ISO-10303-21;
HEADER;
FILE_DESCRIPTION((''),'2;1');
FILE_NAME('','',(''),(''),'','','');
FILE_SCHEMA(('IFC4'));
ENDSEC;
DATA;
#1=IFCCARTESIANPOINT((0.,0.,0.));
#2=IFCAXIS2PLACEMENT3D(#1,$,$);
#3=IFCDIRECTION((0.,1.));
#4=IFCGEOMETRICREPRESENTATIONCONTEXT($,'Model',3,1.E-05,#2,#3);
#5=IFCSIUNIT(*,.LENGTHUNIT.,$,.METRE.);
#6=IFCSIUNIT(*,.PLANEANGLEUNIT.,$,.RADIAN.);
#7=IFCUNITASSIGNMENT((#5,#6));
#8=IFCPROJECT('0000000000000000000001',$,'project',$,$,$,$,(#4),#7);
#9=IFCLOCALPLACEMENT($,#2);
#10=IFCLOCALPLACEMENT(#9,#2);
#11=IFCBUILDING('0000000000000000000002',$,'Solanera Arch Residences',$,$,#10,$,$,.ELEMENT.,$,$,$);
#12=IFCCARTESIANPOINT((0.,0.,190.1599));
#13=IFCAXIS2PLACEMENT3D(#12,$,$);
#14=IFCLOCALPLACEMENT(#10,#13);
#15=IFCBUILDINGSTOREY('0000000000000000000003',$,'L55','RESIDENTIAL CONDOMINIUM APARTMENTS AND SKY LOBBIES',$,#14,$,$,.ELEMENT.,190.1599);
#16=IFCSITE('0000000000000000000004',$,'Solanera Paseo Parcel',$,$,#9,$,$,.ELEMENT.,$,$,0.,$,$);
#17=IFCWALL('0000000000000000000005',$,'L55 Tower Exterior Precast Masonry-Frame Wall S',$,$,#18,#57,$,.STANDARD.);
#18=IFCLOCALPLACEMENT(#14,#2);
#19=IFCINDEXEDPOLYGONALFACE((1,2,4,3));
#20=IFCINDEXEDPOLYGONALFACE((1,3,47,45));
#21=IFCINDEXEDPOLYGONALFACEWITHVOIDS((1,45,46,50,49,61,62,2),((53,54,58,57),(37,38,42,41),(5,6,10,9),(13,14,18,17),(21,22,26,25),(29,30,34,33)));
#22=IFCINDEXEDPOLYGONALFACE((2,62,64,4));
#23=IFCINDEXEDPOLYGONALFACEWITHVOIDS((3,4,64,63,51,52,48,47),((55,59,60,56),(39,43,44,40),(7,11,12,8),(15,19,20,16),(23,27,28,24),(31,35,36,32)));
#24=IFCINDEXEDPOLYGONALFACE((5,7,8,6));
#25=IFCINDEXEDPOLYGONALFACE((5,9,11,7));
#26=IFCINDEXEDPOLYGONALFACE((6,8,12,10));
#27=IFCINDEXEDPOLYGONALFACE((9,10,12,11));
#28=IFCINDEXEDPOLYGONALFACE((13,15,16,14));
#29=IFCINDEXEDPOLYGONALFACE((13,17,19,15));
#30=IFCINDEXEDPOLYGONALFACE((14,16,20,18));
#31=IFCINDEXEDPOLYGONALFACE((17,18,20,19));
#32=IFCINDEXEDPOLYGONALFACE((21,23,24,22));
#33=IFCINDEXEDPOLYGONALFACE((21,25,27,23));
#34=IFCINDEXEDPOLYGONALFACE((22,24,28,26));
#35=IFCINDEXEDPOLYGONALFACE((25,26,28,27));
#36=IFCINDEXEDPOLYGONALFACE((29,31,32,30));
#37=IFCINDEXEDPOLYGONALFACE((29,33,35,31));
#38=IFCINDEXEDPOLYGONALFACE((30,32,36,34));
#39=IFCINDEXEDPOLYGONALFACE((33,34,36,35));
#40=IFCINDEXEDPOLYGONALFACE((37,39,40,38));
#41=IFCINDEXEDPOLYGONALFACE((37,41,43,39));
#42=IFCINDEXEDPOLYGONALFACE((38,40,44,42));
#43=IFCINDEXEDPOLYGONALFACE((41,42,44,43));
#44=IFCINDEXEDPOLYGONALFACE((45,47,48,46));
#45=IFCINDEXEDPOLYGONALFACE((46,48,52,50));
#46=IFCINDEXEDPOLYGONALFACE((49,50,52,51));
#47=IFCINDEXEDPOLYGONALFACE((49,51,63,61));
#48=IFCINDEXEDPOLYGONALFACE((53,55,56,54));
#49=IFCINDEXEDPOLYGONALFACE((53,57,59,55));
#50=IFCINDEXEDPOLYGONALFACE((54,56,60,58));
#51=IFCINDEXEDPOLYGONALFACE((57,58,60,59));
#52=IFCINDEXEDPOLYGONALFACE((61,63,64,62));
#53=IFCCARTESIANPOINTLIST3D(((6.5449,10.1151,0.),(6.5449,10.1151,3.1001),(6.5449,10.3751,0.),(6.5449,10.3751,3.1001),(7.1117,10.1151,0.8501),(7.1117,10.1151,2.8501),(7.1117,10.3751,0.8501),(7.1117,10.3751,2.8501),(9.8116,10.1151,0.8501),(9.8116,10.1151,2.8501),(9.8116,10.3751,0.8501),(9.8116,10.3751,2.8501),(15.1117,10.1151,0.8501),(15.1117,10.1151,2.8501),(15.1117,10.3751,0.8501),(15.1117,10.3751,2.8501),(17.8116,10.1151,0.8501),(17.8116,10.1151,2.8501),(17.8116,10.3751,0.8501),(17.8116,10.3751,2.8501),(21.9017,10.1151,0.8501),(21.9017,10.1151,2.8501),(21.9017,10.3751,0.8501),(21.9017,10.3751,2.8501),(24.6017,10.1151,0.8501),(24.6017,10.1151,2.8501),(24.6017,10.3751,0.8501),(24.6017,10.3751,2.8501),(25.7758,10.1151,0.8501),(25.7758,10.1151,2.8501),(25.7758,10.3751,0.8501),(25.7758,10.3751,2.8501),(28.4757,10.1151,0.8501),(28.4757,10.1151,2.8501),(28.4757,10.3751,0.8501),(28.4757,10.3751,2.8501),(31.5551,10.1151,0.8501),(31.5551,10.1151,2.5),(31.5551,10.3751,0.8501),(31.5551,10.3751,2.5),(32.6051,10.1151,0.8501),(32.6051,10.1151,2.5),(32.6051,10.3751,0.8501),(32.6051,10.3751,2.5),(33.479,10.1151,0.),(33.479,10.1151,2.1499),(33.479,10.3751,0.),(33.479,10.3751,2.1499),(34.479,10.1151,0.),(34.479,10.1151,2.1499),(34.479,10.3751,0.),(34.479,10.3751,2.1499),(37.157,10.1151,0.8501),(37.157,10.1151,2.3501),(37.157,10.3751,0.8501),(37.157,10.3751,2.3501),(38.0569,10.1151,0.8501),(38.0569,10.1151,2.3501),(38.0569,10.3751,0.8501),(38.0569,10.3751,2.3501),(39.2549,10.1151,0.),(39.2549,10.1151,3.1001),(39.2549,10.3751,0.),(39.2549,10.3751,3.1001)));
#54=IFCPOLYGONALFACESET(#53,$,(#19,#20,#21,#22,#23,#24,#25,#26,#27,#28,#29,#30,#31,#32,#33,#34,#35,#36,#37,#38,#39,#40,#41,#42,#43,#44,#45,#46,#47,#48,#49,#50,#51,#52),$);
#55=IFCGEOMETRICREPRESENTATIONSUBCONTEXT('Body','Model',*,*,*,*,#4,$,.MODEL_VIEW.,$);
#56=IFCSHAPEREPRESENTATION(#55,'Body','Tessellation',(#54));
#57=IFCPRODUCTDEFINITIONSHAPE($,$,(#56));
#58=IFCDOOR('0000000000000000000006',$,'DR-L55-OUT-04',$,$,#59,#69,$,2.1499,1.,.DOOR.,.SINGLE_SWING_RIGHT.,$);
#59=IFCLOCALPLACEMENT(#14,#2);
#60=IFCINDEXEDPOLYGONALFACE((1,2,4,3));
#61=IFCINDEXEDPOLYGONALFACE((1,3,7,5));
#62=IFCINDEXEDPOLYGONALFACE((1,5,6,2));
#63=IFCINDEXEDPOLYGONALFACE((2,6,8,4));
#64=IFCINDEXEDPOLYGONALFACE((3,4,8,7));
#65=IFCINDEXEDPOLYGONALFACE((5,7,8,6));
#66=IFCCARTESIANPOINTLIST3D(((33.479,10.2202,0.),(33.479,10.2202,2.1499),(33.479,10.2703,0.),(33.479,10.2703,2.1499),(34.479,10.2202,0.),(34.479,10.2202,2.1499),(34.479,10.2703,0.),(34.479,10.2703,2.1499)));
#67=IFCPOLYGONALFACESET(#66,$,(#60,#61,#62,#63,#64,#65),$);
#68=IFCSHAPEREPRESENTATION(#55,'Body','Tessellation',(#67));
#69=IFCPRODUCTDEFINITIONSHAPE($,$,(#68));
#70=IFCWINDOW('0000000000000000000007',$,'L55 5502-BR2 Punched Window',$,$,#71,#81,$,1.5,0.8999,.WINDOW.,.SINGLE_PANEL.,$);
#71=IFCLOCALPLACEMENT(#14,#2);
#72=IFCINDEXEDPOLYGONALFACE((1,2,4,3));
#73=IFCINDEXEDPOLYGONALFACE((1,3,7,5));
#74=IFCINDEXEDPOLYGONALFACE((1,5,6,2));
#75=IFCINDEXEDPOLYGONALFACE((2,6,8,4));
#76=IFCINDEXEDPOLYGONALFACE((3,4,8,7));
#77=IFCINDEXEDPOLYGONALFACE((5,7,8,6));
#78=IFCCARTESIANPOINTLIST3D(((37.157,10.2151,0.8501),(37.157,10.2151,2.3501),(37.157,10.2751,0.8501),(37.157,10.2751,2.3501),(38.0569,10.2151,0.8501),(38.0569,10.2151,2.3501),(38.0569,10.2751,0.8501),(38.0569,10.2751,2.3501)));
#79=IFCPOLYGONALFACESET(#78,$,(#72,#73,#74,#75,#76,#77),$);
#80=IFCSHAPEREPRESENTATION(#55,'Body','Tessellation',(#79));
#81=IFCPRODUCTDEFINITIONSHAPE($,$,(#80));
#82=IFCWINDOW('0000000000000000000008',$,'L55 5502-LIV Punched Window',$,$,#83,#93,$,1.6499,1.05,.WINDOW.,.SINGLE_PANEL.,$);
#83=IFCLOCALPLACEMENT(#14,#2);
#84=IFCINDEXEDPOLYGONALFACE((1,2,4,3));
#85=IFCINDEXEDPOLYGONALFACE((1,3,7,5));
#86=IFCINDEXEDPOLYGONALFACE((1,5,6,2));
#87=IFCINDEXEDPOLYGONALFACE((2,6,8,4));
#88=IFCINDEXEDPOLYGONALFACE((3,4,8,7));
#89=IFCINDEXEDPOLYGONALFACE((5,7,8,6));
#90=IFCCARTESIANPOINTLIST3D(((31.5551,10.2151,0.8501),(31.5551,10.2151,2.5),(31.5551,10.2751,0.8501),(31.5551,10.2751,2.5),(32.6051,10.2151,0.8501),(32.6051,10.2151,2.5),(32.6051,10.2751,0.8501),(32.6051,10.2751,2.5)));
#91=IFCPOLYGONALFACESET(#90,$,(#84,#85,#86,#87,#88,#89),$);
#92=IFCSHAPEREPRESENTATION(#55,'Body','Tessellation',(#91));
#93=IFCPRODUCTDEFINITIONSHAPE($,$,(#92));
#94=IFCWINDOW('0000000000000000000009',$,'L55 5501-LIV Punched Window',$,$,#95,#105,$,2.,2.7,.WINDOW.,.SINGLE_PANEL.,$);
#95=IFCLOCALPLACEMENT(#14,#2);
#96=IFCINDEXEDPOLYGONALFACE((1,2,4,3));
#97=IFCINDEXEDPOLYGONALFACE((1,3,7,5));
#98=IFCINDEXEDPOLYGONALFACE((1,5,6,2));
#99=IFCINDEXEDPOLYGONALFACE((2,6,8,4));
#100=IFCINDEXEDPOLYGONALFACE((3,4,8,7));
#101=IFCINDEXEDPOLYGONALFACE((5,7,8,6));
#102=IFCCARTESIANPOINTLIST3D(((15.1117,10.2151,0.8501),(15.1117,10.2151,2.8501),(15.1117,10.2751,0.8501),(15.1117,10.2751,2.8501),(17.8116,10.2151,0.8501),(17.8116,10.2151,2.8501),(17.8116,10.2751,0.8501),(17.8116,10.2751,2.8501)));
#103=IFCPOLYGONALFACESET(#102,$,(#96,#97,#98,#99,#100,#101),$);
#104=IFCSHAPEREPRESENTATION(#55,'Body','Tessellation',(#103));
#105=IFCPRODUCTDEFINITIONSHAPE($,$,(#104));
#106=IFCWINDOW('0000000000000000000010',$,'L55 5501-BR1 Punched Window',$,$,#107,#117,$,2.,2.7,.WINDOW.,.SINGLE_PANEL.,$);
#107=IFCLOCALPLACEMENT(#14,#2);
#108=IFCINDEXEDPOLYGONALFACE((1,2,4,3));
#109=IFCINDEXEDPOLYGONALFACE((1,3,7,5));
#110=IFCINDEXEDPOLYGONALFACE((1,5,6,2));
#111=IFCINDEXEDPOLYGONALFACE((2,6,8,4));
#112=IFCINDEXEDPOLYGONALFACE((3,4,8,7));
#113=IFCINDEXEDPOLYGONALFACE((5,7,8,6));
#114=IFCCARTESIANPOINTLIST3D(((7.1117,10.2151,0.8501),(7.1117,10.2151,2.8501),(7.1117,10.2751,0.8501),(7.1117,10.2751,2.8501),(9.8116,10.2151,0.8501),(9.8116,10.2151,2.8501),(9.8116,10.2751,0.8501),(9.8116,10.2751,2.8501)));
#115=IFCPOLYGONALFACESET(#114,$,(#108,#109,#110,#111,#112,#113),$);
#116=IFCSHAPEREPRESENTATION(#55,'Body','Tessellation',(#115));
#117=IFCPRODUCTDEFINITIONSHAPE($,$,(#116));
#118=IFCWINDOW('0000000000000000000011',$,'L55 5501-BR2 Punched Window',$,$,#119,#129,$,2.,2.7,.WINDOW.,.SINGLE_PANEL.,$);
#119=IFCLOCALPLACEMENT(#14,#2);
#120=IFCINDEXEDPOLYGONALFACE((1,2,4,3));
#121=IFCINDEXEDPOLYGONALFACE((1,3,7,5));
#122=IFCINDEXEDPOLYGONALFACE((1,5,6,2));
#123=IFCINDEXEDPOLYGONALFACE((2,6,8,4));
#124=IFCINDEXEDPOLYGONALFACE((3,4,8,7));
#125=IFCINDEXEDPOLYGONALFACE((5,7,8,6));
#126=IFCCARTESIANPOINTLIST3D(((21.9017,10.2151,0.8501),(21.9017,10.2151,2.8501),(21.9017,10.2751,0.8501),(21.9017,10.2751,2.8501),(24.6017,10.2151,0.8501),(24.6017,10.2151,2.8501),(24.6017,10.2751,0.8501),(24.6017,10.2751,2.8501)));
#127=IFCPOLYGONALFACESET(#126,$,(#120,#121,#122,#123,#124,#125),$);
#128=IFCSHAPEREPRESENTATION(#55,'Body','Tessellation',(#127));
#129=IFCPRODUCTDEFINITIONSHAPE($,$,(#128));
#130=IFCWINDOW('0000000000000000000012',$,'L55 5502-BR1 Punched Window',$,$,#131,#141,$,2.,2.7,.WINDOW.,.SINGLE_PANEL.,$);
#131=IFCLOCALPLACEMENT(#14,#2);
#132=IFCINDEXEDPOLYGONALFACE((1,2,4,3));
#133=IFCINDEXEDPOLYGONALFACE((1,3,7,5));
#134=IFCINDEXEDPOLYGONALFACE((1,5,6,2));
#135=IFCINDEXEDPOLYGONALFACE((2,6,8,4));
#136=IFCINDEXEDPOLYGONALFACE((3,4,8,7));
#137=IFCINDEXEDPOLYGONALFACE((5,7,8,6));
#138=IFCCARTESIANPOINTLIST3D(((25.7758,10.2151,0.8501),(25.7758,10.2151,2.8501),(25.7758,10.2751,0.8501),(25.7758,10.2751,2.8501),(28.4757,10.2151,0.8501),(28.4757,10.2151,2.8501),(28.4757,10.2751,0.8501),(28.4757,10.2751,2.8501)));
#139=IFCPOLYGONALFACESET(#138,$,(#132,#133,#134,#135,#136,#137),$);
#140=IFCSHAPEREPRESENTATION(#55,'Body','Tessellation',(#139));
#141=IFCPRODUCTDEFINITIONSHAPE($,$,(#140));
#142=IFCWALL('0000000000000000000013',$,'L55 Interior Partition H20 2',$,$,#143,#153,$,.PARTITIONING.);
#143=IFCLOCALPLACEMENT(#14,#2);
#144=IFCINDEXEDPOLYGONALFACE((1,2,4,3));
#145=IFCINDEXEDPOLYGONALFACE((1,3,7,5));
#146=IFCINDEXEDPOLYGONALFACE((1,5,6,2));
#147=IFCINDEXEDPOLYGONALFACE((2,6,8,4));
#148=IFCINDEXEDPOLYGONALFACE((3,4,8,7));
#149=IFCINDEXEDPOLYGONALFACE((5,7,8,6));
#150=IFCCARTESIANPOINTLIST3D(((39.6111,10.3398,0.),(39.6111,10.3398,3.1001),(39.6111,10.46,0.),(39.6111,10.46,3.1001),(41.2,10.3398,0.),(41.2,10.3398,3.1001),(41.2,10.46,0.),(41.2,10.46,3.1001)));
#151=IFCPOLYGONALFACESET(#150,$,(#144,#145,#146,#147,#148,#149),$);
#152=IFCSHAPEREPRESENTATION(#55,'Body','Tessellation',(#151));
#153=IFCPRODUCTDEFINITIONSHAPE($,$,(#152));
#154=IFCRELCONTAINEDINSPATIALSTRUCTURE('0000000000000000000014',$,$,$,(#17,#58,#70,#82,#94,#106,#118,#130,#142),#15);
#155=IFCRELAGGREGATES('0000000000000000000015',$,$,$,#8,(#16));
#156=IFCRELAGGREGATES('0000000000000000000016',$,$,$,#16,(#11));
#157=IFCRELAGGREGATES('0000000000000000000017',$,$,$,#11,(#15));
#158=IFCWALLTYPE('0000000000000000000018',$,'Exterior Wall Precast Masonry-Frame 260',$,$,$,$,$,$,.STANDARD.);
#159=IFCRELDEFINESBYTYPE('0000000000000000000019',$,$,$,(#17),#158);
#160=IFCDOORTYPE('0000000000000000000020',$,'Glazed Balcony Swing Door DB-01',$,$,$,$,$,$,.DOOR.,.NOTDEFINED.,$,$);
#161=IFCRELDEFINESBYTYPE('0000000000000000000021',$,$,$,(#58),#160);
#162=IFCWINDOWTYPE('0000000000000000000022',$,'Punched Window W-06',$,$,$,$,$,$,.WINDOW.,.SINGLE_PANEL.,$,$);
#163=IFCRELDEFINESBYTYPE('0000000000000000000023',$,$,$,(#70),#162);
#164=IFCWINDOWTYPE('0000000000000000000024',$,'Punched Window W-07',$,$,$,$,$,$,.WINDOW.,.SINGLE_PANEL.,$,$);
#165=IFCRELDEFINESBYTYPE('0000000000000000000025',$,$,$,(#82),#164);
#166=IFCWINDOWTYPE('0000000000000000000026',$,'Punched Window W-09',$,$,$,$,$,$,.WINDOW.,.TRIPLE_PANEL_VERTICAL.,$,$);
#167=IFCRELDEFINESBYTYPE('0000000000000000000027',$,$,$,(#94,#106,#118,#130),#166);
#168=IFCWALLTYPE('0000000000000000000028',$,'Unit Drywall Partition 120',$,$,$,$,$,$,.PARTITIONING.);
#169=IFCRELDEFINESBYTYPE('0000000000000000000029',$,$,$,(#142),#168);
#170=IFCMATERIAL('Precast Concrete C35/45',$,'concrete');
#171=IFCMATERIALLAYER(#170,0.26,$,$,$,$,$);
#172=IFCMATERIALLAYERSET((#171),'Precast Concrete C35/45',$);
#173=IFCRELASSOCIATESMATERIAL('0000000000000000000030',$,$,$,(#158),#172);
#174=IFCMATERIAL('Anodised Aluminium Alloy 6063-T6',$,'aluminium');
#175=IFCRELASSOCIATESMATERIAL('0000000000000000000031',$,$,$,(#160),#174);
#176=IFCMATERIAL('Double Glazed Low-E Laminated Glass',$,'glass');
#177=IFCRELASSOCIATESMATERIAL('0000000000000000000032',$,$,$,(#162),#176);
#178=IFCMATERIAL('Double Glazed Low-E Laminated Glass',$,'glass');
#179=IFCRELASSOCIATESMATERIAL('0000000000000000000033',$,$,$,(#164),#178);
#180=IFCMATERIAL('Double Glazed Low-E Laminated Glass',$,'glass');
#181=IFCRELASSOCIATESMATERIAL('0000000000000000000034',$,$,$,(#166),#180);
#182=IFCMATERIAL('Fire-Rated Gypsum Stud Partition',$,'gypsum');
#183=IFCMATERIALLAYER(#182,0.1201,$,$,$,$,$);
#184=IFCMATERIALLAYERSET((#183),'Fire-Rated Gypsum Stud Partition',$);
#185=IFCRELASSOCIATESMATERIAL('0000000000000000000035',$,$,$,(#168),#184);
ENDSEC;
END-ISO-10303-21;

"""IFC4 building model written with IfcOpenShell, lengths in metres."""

from ifc_helpers import new_model, si_unit, direction, frame, frame_2d, origin, place, context, subcontext, project, spatial, rectangle, extrude, material, layer, layer_set, type_object, element, fill, save


model = new_model("IFC4")

# Units and contexts
model_context = context("Model", 3, precision=1e-05, world=origin(), true_north=direction((0.0, 1.0)))
body_context = subcontext(model_context, "Body", "Model", "MODEL_VIEW")
ifc_project = project(units=[si_unit("LENGTHUNIT", "METRE"), si_unit("PLANEANGLEUNIT", "RADIAN")], contexts=[model_context])

# Site, building, storey
site_placement = place(None, origin())
site = spatial("IfcSite", under=ifc_project, at=site_placement, Name="Solanera Paseo Parcel", CompositionType="ELEMENT", RefElevation=0.0)
building_placement = place(site_placement, origin())
building = spatial("IfcBuilding", under=site, at=building_placement, Name="Solanera Arch Residences", CompositionType="ELEMENT")
storey_placement = place(building_placement, frame((0.0, 0.0, 190.1599)))
storey = spatial("IfcBuildingStorey", under=building, at=storey_placement, Name="L55", Description="RESIDENTIAL CONDOMINIUM APARTMENTS AND SKY LOBBIES", CompositionType="ELEMENT", Elevation=190.1599)

# Shared definitions
ifc_material_1 = material(Name="Precast Concrete C35/45", Category="concrete")
ifc_layer_1 = layer(ifc_material_1, 0.26)
ifc_layer_set_1 = layer_set([ifc_layer_1], Name="Precast Concrete C35/45")
wall_type_1 = type_object("IfcWallType", Name="Exterior Wall Precast Masonry-Frame 260", PredefinedType="STANDARD", material=ifc_layer_set_1)

# Wall, openings, door, windows
wall_1_placement = place(storey_placement, frame((39.2549, 10.2451, 0.0), z_axis=(0.0, 0.0, 1.0), x_axis=(-1.0, 0.0, 0.0)))
wall_1 = element("IfcWall", 1, at=wall_1_placement, inside=storey, type_object=wall_type_1, Name="L55 Tower Exterior Precast Masonry-Frame Wall S", PredefinedType="STANDARD", context=body_context, shape_type="SweptSolid", body=[
    extrude(rectangle(XDim=32.71, YDim=0.26, at=frame_2d((16.355, 0.0))), origin(), (0.0, 0.0, 1.0), 3.1001),
])
opening_1_placement = place(wall_1_placement, frame((4.7759, 0.0, 0.0)))
opening_1 = element("IfcOpeningElement", 2, at=opening_1_placement, cuts=wall_1, PredefinedType="OPENING", context=body_context, shape_type="SweptSolid", body=[
    extrude(rectangle(XDim=1.0, YDim=2.1499, at=frame_2d((0.5, 1.075))), frame((0.0, 0.1399, 0.0), z_axis=(0.0, -1.0, 0.0), x_axis=(1.0, 0.0, 0.0)), (0.0, 0.0, 1.0), 0.28),
])
opening_2_placement = place(wall_1_placement, frame((21.4431, 0.0, 0.8501)))
opening_2 = element("IfcOpeningElement", 3, at=opening_2_placement, cuts=wall_1, PredefinedType="OPENING", context=body_context, shape_type="SweptSolid", body=[
    extrude(rectangle(XDim=2.7, YDim=2.0, at=frame_2d((1.3501, 1.0))), frame((0.0, 0.1399, 0.0), z_axis=(0.0, -1.0, 0.0), x_axis=(1.0, 0.0, 0.0)), (0.0, 0.0, 1.0), 0.28),
])
opening_3_placement = place(wall_1_placement, frame((29.4431, 0.0, 0.8501)))
opening_3 = element("IfcOpeningElement", 4, at=opening_3_placement, cuts=wall_1, PredefinedType="OPENING", context=body_context, shape_type="SweptSolid", body=[
    extrude(rectangle(XDim=2.7, YDim=2.0, at=frame_2d((1.3501, 1.0))), frame((0.0, 0.1399, 0.0), z_axis=(0.0, -1.0, 0.0), x_axis=(1.0, 0.0, 0.0)), (0.0, 0.0, 1.0), 0.28),
])
opening_4_placement = place(wall_1_placement, frame((14.6531, 0.0, 0.8501)))
opening_4 = element("IfcOpeningElement", 5, at=opening_4_placement, cuts=wall_1, PredefinedType="OPENING", context=body_context, shape_type="SweptSolid", body=[
    extrude(rectangle(XDim=2.7, YDim=2.0, at=frame_2d((1.3501, 1.0))), frame((0.0, 0.1399, 0.0), z_axis=(0.0, -1.0, 0.0), x_axis=(1.0, 0.0, 0.0)), (0.0, 0.0, 1.0), 0.28),
])
opening_5_placement = place(wall_1_placement, frame((6.6499, 0.0, 0.8501)))
opening_5 = element("IfcOpeningElement", 6, at=opening_5_placement, cuts=wall_1, PredefinedType="OPENING", context=body_context, shape_type="SweptSolid", body=[
    extrude(rectangle(XDim=1.05, YDim=1.6499, at=frame_2d((0.5249, 0.825))), frame((0.0, 0.1399, 0.0), z_axis=(0.0, -1.0, 0.0), x_axis=(1.0, 0.0, 0.0)), (0.0, 0.0, 1.0), 0.28),
])
opening_6_placement = place(wall_1_placement, frame((10.7791, 0.0, 0.8501)))
opening_6 = element("IfcOpeningElement", 7, at=opening_6_placement, cuts=wall_1, PredefinedType="OPENING", context=body_context, shape_type="SweptSolid", body=[
    extrude(rectangle(XDim=2.7, YDim=2.0, at=frame_2d((1.3501, 1.0))), frame((0.0, 0.1399, 0.0), z_axis=(0.0, -1.0, 0.0), x_axis=(1.0, 0.0, 0.0)), (0.0, 0.0, 1.0), 0.28),
])
opening_7_placement = place(wall_1_placement, frame((1.198, 0.0, 0.8501)))
opening_7 = element("IfcOpeningElement", 8, at=opening_7_placement, cuts=wall_1, PredefinedType="OPENING", context=body_context, shape_type="SweptSolid", body=[
    extrude(rectangle(XDim=0.8999, YDim=1.5, at=frame_2d((0.45, 0.75))), frame((0.0, 0.1399, 0.0), z_axis=(0.0, -1.0, 0.0), x_axis=(1.0, 0.0, 0.0)), (0.0, 0.0, 1.0), 0.28),
])
ifc_material_2 = material(Name="Anodised Aluminium Alloy 6063-T6", Category="aluminium")
door_type_1 = type_object("IfcDoorType", Name="Glazed Balcony Swing Door DB-01", OperationType="NOTDEFINED", PredefinedType="DOOR", material=ifc_material_2)
door_1_placement = place(opening_1_placement, origin())
door_1 = element("IfcDoor", 9, at=door_1_placement, inside=storey, type_object=door_type_1, Name="DR-L55-OUT-04", OperationType="SINGLE_SWING_RIGHT", OverallHeight=2.1499, OverallWidth=1.0, PredefinedType="DOOR", context=body_context, shape_type="SweptSolid", body=[
    extrude(rectangle(XDim=1.0, YDim=2.1499, at=frame_2d((0.5, 1.075))), frame((0.0, 0.0249, 0.0), z_axis=(0.0, -1.0, 0.0), x_axis=(1.0, 0.0, 0.0)), (0.0, 0.0, 1.0), 0.05),
])
fill(opening_1, door_1)
ifc_material_3 = material(Name="Double Glazed Low-E Laminated Glass", Category="glass")
window_type_1 = type_object("IfcWindowType", Name="Punched Window W-06", PartitioningType="SINGLE_PANEL", PredefinedType="WINDOW", material=ifc_material_3)
window_1_placement = place(opening_7_placement, origin())
window_1 = element("IfcWindow", 10, at=window_1_placement, inside=storey, type_object=window_type_1, Name="L55 5502-BR2 Punched Window", OverallHeight=1.5, OverallWidth=0.8999, PartitioningType="SINGLE_PANEL", PredefinedType="WINDOW", context=body_context, shape_type="SweptSolid", body=[
    extrude(rectangle(XDim=0.8999, YDim=1.5, at=frame_2d((0.45, 0.75))), frame((0.0, 0.03, 0.0), z_axis=(0.0, -1.0, 0.0), x_axis=(1.0, 0.0, 0.0)), (0.0, 0.0, 1.0), 0.0601),
])
fill(opening_7, window_1)
ifc_material_4 = material(Name="Double Glazed Low-E Laminated Glass", Category="glass")
window_type_2 = type_object("IfcWindowType", Name="Punched Window W-07", PartitioningType="SINGLE_PANEL", PredefinedType="WINDOW", material=ifc_material_4)
window_2_placement = place(opening_5_placement, origin())
window_2 = element("IfcWindow", 11, at=window_2_placement, inside=storey, type_object=window_type_2, Name="L55 5502-LIV Punched Window", OverallHeight=1.6499, OverallWidth=1.05, PartitioningType="SINGLE_PANEL", PredefinedType="WINDOW", context=body_context, shape_type="SweptSolid", body=[
    extrude(rectangle(XDim=1.05, YDim=1.6499, at=frame_2d((0.5249, 0.825))), frame((0.0, 0.03, 0.0), z_axis=(0.0, -1.0, 0.0), x_axis=(1.0, 0.0, 0.0)), (0.0, 0.0, 1.0), 0.0601),
])
fill(opening_5, window_2)
ifc_material_5 = material(Name="Double Glazed Low-E Laminated Glass", Category="glass")
window_type_3 = type_object("IfcWindowType", Name="Punched Window W-09", PartitioningType="TRIPLE_PANEL_VERTICAL", PredefinedType="WINDOW", material=ifc_material_5)
window_3_placement = place(opening_2_placement, origin())
window_3 = element("IfcWindow", 12, at=window_3_placement, inside=storey, type_object=window_type_3, Name="L55 5501-LIV Punched Window", OverallHeight=2.0, OverallWidth=2.7, PartitioningType="SINGLE_PANEL", PredefinedType="WINDOW", context=body_context, shape_type="SweptSolid", body=[
    extrude(rectangle(XDim=2.7, YDim=2.0, at=frame_2d((1.3501, 1.0))), frame((0.0, 0.03, 0.0), z_axis=(0.0, -1.0, 0.0), x_axis=(1.0, 0.0, 0.0)), (0.0, 0.0, 1.0), 0.0601),
])
fill(opening_2, window_3)
window_4_placement = place(opening_3_placement, origin())
window_4 = element("IfcWindow", 13, at=window_4_placement, inside=storey, type_object=window_type_3, Name="L55 5501-BR1 Punched Window", OverallHeight=2.0, OverallWidth=2.7, PartitioningType="SINGLE_PANEL", PredefinedType="WINDOW", context=body_context, shape_type="SweptSolid", body=[
    extrude(rectangle(XDim=2.7, YDim=2.0, at=frame_2d((1.3501, 1.0))), frame((0.0, 0.03, 0.0), z_axis=(0.0, -1.0, 0.0), x_axis=(1.0, 0.0, 0.0)), (0.0, 0.0, 1.0), 0.0601),
])
fill(opening_3, window_4)
window_5_placement = place(opening_4_placement, origin())
window_5 = element("IfcWindow", 14, at=window_5_placement, inside=storey, type_object=window_type_3, Name="L55 5501-BR2 Punched Window", OverallHeight=2.0, OverallWidth=2.7, PartitioningType="SINGLE_PANEL", PredefinedType="WINDOW", context=body_context, shape_type="SweptSolid", body=[
    extrude(rectangle(XDim=2.7, YDim=2.0, at=frame_2d((1.3501, 1.0))), frame((0.0, 0.03, 0.0), z_axis=(0.0, -1.0, 0.0), x_axis=(1.0, 0.0, 0.0)), (0.0, 0.0, 1.0), 0.0601),
])
fill(opening_4, window_5)
window_6_placement = place(opening_6_placement, origin())
window_6 = element("IfcWindow", 15, at=window_6_placement, inside=storey, type_object=window_type_3, Name="L55 5502-BR1 Punched Window", OverallHeight=2.0, OverallWidth=2.7, PartitioningType="SINGLE_PANEL", PredefinedType="WINDOW", context=body_context, shape_type="SweptSolid", body=[
    extrude(rectangle(XDim=2.7, YDim=2.0, at=frame_2d((1.3501, 1.0))), frame((0.0, 0.03, 0.0), z_axis=(0.0, -1.0, 0.0), x_axis=(1.0, 0.0, 0.0)), (0.0, 0.0, 1.0), 0.0601),
])
fill(opening_6, window_6)

# Wall
ifc_material_6 = material(Name="Fire-Rated Gypsum Stud Partition", Category="gypsum")
ifc_layer_2 = layer(ifc_material_6, 0.1201)
ifc_layer_set_2 = layer_set([ifc_layer_2], Name="Fire-Rated Gypsum Stud Partition")
wall_type_2 = type_object("IfcWallType", Name="Unit Drywall Partition 120", PredefinedType="PARTITIONING", material=ifc_layer_set_2)
wall_2_placement = place(storey_placement, frame((39.6111, 10.3999, 0.0), z_axis=(0.0, 0.0, 1.0), x_axis=(1.0, 0.0, 0.0)))
element("IfcWall", 16, at=wall_2_placement, inside=storey, type_object=wall_type_2, Name="L55 Interior Partition H20 2", PredefinedType="PARTITIONING", context=body_context, shape_type="SweptSolid", body=[
    extrude(rectangle(XDim=1.5889, YDim=0.1201, at=frame_2d((0.7944, 0.0))), origin(), (0.0, 0.0, 1.0), 3.1001),
])

save(model, "model.ifc")
